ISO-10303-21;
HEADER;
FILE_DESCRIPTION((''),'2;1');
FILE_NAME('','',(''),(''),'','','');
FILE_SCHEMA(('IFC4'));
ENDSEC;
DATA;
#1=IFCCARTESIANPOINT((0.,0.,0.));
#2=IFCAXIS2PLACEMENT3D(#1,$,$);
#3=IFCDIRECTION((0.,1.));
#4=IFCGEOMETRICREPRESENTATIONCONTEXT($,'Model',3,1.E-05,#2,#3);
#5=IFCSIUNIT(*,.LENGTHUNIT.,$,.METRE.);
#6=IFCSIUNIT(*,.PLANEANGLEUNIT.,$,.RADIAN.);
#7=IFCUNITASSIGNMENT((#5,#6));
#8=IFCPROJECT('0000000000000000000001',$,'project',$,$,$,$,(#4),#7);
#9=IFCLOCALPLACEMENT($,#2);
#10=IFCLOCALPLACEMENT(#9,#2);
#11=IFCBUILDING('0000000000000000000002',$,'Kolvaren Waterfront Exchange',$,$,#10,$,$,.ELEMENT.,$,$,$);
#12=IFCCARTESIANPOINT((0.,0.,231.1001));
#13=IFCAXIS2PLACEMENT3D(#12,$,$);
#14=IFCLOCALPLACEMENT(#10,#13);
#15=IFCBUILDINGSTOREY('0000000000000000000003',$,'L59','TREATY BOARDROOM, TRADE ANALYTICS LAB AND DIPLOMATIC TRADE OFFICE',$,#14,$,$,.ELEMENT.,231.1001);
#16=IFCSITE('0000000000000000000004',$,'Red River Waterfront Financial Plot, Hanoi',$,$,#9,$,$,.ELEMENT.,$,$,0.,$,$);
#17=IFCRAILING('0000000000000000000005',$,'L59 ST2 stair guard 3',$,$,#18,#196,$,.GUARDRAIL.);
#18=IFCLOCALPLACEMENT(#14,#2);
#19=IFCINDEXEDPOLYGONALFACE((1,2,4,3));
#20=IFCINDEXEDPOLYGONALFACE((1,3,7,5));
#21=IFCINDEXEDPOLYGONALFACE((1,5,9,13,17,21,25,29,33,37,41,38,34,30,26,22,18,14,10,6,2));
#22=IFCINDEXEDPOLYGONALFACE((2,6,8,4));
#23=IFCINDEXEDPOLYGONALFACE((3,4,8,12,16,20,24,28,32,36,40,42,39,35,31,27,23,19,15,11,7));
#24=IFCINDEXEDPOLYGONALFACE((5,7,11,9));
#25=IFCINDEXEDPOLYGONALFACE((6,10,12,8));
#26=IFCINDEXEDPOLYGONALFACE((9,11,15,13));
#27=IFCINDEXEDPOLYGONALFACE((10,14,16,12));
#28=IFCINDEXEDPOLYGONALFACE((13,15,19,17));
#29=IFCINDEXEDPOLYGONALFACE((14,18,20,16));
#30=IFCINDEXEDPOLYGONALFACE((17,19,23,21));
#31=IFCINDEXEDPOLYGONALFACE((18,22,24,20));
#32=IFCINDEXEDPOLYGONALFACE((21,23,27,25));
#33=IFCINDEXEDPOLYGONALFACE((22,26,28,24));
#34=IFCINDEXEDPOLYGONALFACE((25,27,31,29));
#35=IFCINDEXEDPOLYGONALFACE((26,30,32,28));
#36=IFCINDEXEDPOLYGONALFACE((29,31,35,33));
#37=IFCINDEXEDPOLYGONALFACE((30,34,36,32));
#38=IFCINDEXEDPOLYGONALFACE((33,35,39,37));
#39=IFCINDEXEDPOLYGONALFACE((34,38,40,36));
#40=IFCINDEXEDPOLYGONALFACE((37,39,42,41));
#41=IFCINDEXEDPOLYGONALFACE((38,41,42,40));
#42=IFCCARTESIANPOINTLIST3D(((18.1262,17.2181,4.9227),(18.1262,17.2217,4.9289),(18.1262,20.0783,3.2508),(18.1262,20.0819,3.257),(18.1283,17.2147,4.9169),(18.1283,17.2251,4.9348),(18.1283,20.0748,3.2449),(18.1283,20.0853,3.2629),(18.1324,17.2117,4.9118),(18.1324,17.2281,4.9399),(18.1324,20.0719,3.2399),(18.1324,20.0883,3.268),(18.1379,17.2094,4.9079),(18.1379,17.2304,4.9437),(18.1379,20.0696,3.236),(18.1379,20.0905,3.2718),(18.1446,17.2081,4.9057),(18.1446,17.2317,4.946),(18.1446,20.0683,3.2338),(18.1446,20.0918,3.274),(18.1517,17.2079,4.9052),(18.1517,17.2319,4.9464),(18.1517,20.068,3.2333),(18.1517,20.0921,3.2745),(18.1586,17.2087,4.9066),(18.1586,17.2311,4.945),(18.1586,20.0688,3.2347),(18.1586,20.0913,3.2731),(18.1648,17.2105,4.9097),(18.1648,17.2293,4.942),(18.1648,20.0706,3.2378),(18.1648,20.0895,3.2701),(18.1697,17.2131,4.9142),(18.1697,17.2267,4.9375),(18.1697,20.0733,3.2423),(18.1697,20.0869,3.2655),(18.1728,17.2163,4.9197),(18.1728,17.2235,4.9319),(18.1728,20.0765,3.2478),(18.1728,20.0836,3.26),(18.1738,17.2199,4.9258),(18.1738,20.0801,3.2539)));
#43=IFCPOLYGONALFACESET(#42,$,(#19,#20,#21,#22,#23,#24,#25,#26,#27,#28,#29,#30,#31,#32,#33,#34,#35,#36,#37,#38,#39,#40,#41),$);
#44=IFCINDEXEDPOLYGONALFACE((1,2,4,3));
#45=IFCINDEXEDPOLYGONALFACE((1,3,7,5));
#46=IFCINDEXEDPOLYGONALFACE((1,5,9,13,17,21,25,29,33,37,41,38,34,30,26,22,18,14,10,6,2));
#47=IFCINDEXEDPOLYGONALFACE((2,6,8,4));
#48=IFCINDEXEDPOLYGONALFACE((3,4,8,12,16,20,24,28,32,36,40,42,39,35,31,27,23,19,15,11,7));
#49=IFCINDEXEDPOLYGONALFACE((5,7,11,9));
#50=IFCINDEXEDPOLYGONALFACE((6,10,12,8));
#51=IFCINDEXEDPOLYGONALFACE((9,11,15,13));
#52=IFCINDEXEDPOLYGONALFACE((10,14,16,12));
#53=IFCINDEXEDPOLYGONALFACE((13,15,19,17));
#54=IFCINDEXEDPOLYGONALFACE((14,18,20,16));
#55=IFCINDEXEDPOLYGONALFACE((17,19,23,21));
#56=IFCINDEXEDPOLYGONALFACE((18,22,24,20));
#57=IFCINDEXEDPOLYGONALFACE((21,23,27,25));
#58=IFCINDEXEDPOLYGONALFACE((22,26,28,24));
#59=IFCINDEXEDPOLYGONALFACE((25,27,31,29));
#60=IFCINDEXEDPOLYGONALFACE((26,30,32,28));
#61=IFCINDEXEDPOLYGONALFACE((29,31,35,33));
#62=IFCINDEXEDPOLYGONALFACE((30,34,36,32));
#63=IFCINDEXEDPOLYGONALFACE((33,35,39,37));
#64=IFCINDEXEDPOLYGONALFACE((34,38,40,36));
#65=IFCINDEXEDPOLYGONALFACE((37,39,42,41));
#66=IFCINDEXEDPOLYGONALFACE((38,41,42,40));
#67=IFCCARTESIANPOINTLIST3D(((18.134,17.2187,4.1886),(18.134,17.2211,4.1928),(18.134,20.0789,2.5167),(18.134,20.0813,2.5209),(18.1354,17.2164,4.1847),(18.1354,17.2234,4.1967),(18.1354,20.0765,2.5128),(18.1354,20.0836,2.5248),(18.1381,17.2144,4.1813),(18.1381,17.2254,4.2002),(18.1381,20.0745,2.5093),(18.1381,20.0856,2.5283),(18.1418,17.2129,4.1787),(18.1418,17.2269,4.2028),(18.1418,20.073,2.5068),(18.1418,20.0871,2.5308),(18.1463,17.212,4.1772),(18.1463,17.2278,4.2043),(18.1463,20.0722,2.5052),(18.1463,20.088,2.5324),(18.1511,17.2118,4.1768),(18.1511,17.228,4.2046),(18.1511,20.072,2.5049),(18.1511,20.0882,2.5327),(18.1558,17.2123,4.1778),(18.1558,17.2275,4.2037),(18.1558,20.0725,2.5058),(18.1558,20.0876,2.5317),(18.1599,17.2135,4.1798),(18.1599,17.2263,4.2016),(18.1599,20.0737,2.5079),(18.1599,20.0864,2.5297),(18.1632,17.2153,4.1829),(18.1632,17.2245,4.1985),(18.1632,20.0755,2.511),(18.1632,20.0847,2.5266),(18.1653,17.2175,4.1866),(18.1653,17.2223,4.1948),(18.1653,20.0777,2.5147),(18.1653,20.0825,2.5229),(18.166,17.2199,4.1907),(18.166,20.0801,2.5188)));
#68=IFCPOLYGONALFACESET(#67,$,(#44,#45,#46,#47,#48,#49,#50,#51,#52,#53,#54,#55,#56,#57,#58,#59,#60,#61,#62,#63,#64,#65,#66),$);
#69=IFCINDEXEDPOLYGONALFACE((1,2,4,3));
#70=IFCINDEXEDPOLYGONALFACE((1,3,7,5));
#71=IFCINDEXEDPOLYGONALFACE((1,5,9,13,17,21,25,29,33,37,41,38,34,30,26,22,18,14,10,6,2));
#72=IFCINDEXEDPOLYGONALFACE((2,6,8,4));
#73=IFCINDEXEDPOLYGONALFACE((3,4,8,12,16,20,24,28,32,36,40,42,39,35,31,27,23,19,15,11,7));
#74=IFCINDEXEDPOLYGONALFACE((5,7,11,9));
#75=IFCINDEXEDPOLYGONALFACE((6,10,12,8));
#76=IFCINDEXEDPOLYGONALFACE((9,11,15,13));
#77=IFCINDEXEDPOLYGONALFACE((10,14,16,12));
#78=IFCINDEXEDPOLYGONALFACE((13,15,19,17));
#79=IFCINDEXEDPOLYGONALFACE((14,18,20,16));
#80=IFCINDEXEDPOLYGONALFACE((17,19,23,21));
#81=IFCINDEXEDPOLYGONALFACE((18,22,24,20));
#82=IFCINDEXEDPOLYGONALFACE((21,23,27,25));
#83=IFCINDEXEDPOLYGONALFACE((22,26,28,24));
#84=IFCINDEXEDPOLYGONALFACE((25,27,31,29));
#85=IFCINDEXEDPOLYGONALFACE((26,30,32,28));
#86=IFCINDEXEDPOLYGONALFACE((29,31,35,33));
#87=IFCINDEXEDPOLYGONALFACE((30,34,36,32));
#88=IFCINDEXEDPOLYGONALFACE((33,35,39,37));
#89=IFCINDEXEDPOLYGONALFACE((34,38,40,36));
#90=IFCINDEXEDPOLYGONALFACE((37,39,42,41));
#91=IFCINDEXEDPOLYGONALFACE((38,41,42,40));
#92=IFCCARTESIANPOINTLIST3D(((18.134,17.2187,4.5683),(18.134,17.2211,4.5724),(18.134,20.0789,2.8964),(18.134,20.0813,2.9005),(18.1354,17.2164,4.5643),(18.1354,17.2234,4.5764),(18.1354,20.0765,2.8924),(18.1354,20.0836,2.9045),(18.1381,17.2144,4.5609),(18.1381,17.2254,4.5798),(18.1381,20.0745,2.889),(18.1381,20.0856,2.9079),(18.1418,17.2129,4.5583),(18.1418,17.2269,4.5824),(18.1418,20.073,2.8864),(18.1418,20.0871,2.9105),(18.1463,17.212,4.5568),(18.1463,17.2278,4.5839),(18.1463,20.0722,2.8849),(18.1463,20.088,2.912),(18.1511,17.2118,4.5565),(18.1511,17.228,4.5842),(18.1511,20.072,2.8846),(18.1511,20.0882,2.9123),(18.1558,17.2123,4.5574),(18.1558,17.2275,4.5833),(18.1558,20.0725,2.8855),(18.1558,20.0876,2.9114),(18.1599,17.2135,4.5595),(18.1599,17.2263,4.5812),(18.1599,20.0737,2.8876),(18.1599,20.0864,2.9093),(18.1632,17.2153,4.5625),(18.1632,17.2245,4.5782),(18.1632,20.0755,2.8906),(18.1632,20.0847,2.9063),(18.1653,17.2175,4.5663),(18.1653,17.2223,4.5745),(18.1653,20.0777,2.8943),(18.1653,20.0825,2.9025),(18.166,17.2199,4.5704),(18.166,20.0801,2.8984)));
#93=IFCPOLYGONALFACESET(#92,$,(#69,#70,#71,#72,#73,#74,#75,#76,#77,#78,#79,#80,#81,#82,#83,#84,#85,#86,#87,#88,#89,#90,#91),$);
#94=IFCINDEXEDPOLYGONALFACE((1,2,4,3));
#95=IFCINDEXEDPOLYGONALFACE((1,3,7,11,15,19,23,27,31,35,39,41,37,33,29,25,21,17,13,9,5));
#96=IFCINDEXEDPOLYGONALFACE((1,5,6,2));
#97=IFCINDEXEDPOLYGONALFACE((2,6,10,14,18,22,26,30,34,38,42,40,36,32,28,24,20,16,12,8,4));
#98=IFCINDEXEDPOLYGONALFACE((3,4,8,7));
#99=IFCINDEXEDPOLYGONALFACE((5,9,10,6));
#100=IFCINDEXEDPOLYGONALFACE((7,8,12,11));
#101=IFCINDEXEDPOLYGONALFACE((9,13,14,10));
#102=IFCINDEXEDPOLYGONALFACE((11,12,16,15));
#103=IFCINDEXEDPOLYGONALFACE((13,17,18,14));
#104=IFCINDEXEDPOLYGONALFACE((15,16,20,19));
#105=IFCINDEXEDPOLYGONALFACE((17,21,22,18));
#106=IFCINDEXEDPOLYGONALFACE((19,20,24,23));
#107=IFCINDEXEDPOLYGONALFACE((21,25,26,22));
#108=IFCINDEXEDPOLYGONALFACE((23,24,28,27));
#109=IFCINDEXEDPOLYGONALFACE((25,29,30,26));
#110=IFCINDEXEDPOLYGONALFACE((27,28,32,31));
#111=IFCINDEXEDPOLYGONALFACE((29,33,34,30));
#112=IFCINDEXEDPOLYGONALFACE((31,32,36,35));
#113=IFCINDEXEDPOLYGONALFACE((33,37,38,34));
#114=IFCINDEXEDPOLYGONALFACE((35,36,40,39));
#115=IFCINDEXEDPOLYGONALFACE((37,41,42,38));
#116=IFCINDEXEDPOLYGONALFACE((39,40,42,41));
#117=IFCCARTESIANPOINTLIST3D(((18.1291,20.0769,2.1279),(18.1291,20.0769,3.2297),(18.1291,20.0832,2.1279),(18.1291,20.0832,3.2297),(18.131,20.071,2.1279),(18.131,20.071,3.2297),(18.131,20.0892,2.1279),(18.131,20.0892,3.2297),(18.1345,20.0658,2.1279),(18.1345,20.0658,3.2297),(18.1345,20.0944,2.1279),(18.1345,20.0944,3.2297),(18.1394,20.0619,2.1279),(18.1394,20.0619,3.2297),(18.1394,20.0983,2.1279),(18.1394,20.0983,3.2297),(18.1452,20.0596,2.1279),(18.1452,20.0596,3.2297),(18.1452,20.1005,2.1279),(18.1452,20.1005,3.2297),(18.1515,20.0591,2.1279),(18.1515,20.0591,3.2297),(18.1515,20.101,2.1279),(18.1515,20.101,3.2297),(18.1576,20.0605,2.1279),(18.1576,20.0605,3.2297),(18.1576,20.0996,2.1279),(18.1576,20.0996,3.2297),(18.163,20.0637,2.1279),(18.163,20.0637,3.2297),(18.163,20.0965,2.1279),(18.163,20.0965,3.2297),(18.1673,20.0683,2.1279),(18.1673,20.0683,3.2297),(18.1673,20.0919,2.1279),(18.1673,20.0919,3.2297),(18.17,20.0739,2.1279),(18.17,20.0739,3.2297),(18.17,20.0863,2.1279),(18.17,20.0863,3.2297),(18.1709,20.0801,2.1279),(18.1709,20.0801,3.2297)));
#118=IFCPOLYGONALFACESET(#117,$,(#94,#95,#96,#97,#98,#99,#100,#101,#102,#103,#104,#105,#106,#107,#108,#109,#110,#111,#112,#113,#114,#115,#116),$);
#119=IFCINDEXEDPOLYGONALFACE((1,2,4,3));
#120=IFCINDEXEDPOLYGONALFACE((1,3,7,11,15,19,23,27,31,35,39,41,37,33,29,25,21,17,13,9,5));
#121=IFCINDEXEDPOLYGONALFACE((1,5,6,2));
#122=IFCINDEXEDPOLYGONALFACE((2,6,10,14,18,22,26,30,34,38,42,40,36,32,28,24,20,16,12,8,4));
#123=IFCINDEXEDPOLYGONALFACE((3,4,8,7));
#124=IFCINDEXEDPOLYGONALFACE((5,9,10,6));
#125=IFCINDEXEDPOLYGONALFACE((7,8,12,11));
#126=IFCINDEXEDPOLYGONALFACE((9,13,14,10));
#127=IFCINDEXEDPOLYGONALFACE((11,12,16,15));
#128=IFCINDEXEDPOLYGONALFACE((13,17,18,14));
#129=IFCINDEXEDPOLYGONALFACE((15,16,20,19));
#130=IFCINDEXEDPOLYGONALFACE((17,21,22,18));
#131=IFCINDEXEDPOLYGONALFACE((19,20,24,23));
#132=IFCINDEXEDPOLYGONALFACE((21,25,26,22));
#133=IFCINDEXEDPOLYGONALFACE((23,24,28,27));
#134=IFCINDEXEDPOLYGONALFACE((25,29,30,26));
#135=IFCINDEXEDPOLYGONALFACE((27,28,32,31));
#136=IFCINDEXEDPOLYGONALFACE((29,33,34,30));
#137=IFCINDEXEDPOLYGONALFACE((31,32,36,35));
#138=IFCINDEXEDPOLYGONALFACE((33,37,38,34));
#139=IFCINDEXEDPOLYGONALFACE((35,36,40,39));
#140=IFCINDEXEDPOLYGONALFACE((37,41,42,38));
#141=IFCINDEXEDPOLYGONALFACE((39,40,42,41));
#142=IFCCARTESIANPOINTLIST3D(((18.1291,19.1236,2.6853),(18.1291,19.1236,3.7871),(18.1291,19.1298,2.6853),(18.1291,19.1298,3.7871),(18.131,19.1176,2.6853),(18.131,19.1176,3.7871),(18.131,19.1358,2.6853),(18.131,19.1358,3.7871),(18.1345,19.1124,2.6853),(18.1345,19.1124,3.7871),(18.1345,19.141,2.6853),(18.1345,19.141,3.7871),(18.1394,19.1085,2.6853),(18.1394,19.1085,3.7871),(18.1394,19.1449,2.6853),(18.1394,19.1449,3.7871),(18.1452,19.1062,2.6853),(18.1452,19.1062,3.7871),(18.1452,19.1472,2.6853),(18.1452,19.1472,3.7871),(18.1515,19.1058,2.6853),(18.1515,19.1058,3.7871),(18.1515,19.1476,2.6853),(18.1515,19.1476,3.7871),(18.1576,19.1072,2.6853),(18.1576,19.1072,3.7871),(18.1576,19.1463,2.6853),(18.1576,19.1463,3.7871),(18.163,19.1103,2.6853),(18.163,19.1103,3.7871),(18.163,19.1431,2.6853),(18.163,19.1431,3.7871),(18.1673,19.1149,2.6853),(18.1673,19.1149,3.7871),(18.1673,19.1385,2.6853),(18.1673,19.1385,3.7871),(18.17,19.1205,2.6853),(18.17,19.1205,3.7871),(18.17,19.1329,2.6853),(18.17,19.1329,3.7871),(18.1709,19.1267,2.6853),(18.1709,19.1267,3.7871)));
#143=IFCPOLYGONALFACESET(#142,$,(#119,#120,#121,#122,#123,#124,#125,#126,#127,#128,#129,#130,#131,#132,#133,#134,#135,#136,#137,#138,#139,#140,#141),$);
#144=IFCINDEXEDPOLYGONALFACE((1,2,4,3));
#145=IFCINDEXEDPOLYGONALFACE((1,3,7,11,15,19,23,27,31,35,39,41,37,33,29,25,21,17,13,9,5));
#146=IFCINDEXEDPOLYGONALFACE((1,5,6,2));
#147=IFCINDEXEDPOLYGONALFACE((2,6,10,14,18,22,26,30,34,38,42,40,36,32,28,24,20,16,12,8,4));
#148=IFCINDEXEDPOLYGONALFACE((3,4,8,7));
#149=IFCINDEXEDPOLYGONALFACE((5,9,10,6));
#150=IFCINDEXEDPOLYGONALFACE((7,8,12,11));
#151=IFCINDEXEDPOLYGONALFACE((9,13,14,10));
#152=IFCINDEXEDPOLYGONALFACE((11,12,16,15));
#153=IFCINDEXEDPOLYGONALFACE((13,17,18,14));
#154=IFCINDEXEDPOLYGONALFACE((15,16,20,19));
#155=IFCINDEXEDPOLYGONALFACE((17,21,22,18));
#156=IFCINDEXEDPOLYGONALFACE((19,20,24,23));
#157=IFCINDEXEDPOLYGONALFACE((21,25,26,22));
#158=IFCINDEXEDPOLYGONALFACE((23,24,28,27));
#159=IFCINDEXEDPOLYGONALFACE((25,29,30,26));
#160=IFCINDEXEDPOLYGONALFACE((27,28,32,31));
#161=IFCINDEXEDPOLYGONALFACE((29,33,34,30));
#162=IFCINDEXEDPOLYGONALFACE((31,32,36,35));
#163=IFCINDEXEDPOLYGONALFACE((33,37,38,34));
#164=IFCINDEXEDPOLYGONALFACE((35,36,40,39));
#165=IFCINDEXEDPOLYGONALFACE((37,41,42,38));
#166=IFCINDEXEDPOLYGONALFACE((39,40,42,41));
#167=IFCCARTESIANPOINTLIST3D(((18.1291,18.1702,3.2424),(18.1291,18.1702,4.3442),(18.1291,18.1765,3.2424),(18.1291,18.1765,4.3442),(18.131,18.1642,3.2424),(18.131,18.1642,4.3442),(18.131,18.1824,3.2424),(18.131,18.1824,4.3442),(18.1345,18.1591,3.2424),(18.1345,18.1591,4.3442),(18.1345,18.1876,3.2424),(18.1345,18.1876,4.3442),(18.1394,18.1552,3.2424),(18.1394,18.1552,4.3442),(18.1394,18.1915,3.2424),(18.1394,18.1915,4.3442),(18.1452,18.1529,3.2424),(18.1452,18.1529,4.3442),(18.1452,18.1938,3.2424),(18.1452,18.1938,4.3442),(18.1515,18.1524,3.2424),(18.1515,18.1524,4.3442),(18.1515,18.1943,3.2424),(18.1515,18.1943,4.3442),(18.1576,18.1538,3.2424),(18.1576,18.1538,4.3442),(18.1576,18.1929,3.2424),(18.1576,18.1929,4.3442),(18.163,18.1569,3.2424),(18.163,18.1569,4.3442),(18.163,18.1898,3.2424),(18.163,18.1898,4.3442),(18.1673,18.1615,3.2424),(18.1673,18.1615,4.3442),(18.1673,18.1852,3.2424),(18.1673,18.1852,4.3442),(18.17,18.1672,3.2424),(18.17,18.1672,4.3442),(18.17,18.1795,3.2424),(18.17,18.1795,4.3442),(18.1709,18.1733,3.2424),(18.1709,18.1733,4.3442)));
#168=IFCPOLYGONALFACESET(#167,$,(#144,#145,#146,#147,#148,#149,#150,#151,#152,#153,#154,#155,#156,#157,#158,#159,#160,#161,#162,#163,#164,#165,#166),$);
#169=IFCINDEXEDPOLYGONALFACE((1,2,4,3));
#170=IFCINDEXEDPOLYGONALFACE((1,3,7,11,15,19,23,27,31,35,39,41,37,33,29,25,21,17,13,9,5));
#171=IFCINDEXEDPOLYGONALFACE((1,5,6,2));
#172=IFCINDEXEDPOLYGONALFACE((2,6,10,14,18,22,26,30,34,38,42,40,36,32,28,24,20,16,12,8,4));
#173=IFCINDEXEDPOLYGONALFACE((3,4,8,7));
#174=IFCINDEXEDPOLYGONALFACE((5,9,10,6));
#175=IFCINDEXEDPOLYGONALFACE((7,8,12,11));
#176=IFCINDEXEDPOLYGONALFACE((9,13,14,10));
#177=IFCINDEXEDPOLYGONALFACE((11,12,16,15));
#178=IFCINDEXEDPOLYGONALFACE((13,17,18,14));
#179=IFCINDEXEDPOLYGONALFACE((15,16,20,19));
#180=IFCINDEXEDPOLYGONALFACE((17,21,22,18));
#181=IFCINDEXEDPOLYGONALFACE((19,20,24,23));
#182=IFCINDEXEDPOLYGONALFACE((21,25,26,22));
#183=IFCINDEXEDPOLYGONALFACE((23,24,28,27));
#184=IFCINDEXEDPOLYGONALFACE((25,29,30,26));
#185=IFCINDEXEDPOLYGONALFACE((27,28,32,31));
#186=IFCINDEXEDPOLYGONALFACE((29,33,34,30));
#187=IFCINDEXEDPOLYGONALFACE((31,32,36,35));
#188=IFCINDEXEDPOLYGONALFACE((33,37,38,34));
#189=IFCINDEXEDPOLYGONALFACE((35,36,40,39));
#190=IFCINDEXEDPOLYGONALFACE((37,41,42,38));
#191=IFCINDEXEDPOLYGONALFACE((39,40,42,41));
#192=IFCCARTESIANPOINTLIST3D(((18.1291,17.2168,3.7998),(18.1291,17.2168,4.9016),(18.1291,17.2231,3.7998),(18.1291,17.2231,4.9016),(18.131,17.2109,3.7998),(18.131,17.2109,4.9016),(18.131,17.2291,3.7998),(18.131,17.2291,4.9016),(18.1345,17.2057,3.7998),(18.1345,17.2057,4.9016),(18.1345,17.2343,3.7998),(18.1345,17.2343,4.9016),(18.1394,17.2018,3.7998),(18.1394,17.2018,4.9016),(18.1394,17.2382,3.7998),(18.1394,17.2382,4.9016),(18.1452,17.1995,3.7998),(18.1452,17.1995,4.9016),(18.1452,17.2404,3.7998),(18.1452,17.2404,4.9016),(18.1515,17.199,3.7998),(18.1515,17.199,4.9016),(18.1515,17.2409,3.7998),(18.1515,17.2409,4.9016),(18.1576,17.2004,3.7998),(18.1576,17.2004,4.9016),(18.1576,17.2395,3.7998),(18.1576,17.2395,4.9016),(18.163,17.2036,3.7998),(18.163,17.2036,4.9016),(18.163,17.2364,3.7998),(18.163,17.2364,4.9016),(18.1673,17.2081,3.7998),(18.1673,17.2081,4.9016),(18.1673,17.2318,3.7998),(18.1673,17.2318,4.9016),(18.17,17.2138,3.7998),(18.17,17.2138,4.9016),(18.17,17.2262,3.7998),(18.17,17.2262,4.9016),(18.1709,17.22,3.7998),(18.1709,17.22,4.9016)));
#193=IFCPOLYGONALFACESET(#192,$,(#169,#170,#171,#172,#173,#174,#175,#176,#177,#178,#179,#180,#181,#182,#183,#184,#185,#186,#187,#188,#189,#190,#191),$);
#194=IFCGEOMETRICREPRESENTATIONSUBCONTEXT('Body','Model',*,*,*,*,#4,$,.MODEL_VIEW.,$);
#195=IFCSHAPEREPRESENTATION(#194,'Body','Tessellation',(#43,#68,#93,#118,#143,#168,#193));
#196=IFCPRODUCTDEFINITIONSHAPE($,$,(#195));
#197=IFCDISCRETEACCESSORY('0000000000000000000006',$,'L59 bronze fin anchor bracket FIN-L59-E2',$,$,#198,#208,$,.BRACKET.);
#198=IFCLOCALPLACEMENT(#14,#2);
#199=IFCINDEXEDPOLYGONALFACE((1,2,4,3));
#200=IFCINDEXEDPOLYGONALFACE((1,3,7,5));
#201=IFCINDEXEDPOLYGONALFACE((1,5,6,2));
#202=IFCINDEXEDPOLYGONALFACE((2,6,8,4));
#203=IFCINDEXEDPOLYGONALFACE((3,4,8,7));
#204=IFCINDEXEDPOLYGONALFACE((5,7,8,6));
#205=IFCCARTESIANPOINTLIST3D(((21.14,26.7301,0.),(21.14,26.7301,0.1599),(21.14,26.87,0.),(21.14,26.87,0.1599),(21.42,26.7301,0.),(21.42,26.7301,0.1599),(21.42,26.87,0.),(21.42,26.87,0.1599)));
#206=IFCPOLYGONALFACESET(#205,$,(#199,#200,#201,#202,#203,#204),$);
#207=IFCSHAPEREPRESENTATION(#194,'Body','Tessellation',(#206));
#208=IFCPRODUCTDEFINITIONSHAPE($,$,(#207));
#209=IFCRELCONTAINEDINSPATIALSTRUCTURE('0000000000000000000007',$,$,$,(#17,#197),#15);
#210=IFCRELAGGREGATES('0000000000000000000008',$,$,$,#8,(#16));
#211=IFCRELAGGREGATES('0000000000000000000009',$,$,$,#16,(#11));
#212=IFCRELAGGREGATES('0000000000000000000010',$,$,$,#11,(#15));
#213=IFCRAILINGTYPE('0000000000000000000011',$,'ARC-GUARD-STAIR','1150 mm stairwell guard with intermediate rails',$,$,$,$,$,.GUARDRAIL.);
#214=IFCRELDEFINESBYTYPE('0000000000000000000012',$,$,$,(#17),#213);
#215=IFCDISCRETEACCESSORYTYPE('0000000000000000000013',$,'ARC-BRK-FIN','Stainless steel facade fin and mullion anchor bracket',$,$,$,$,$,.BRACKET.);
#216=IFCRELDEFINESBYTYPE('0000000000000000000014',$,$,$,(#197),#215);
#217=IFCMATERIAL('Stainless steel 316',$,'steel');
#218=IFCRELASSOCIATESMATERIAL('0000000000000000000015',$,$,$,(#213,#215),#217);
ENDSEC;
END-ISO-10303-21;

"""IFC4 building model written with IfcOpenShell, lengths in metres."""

from ifc_helpers import new_model, si_unit, direction, frame, origin, origin_with_axes, origin_2d, place, context, subcontext, project, spatial, rectangle, circle, extrude, source, transform, mapped, material, type_object, element, save


model = new_model("IFC4")

# Units and contexts
model_context = context("Model", 3, precision=1e-05, world=origin(), true_north=direction((0.0, 1.0)))
body_context = subcontext(model_context, "Body", "Model", "MODEL_VIEW")
ifc_project = project(units=[si_unit("LENGTHUNIT", "METRE"), si_unit("PLANEANGLEUNIT", "RADIAN")], contexts=[model_context])

# Site, building, storey
site_placement = place(None, origin())
site = spatial("IfcSite", under=ifc_project, at=site_placement, Name="Red River Waterfront Financial Plot, Hanoi", CompositionType="ELEMENT", RefElevation=0.0)
building_placement = place(site_placement, origin())
building = spatial("IfcBuilding", under=site, at=building_placement, Name="Kolvaren Waterfront Exchange", CompositionType="ELEMENT")
storey_placement = place(building_placement, frame((0.0, 0.0, 231.1001)))
storey = spatial("IfcBuildingStorey", under=building, at=storey_placement, Name="L59", Description="TREATY BOARDROOM, TRADE ANALYTICS LAB AND DIPLOMATIC TRADE OFFICE", CompositionType="ELEMENT", Elevation=231.1001)

# Railing
ifc_material_1 = material(Name="Stainless steel 316", Category="steel")
railing_type = type_object("IfcRailingType", Name="ARC-GUARD-STAIR", Description="1150 mm stairwell guard with intermediate rails", PredefinedType="GUARDRAIL", material=ifc_material_1)
railing_1_placement = place(storey_placement, frame((18.1499, 20.0801, 2.1279)))
element("IfcRailing", 1, at=railing_1_placement, inside=storey, type_object=railing_type, Name="L59 ST2 stair guard 3", PredefinedType="GUARDRAIL", context=body_context, shape_type="SweptSolid", body=[
    extrude(circle(Radius=0.0239, at=origin_2d()), frame((0.0, 0.0, 1.126), z_axis=(0.0, -0.863321, 0.504654), x_axis=(1.0, 0.0, 0.0)), (0.0, 0.0, 1.0), 3.313),
    extrude(circle(Radius=0.0161, at=origin_2d()), frame((0.0, 0.0, 0.3909), z_axis=(0.0, -0.863321, 0.504654), x_axis=(1.0, 0.0, 0.0)), (0.0, 0.0, 1.0), 3.313),
    extrude(circle(Radius=0.0161, at=origin_2d()), frame((0.0, 0.0, 0.7705), z_axis=(0.0, -0.863321, 0.504654), x_axis=(1.0, 0.0, 0.0)), (0.0, 0.0, 1.0), 3.313),
    extrude(circle(Radius=0.021, at=origin_2d()), origin(), (0.0, 0.0, 1.0), 1.1018),
    extrude(circle(Radius=0.021, at=origin_2d()), frame((0.0, -0.9534, 0.5574)), (0.0, 0.0, 1.0), 1.1018),
    extrude(circle(Radius=0.021, at=origin_2d()), frame((0.0, -1.9067, 1.1145)), (0.0, 0.0, 1.0), 1.1018),
    extrude(circle(Radius=0.021, at=origin_2d()), frame((0.0, -2.8601, 1.6719)), (0.0, 0.0, 1.0), 1.1018),
])

# Discrete accessory
discrete_accessory_type = type_object("IfcDiscreteAccessoryType", Name="ARC-BRK-FIN", Description="Stainless steel facade fin and mullion anchor bracket", PredefinedType="BRACKET", material=ifc_material_1)
shared_shape_1 = source(origin_with_axes(), body_context, "Body", "SweptSolid", [
    extrude(rectangle(XDim=0.28, YDim=0.1399, at=origin_2d()), origin(), (0.0, 0.0, 1.0), 0.1599),
])
for number, where, z_axis, x_axis, name in (
    (2, (21.28, 26.8, 0.0), (0.0, 0.0, 1.0), (1.0, 0.0, 0.0), "L59 bronze fin anchor bracket FIN-L59-E2"),
):
    element("IfcDiscreteAccessory", number, at=place(storey_placement, frame(where, z_axis=z_axis, x_axis=x_axis)), inside=storey, type_object=discrete_accessory_type, Name=name, PredefinedType="BRACKET", context=body_context, shape_type="MappedRepresentation", body=[
        mapped(shared_shape_1, transform((0.0, 0.0, 0.0), x_axis=(1.0, 0.0, 0.0), y_axis=(0.0, 1.0, 0.0), z_axis=(0.0, 0.0, 1.0), scale=1.0)),
    ])

save(model, "model.ifc")
